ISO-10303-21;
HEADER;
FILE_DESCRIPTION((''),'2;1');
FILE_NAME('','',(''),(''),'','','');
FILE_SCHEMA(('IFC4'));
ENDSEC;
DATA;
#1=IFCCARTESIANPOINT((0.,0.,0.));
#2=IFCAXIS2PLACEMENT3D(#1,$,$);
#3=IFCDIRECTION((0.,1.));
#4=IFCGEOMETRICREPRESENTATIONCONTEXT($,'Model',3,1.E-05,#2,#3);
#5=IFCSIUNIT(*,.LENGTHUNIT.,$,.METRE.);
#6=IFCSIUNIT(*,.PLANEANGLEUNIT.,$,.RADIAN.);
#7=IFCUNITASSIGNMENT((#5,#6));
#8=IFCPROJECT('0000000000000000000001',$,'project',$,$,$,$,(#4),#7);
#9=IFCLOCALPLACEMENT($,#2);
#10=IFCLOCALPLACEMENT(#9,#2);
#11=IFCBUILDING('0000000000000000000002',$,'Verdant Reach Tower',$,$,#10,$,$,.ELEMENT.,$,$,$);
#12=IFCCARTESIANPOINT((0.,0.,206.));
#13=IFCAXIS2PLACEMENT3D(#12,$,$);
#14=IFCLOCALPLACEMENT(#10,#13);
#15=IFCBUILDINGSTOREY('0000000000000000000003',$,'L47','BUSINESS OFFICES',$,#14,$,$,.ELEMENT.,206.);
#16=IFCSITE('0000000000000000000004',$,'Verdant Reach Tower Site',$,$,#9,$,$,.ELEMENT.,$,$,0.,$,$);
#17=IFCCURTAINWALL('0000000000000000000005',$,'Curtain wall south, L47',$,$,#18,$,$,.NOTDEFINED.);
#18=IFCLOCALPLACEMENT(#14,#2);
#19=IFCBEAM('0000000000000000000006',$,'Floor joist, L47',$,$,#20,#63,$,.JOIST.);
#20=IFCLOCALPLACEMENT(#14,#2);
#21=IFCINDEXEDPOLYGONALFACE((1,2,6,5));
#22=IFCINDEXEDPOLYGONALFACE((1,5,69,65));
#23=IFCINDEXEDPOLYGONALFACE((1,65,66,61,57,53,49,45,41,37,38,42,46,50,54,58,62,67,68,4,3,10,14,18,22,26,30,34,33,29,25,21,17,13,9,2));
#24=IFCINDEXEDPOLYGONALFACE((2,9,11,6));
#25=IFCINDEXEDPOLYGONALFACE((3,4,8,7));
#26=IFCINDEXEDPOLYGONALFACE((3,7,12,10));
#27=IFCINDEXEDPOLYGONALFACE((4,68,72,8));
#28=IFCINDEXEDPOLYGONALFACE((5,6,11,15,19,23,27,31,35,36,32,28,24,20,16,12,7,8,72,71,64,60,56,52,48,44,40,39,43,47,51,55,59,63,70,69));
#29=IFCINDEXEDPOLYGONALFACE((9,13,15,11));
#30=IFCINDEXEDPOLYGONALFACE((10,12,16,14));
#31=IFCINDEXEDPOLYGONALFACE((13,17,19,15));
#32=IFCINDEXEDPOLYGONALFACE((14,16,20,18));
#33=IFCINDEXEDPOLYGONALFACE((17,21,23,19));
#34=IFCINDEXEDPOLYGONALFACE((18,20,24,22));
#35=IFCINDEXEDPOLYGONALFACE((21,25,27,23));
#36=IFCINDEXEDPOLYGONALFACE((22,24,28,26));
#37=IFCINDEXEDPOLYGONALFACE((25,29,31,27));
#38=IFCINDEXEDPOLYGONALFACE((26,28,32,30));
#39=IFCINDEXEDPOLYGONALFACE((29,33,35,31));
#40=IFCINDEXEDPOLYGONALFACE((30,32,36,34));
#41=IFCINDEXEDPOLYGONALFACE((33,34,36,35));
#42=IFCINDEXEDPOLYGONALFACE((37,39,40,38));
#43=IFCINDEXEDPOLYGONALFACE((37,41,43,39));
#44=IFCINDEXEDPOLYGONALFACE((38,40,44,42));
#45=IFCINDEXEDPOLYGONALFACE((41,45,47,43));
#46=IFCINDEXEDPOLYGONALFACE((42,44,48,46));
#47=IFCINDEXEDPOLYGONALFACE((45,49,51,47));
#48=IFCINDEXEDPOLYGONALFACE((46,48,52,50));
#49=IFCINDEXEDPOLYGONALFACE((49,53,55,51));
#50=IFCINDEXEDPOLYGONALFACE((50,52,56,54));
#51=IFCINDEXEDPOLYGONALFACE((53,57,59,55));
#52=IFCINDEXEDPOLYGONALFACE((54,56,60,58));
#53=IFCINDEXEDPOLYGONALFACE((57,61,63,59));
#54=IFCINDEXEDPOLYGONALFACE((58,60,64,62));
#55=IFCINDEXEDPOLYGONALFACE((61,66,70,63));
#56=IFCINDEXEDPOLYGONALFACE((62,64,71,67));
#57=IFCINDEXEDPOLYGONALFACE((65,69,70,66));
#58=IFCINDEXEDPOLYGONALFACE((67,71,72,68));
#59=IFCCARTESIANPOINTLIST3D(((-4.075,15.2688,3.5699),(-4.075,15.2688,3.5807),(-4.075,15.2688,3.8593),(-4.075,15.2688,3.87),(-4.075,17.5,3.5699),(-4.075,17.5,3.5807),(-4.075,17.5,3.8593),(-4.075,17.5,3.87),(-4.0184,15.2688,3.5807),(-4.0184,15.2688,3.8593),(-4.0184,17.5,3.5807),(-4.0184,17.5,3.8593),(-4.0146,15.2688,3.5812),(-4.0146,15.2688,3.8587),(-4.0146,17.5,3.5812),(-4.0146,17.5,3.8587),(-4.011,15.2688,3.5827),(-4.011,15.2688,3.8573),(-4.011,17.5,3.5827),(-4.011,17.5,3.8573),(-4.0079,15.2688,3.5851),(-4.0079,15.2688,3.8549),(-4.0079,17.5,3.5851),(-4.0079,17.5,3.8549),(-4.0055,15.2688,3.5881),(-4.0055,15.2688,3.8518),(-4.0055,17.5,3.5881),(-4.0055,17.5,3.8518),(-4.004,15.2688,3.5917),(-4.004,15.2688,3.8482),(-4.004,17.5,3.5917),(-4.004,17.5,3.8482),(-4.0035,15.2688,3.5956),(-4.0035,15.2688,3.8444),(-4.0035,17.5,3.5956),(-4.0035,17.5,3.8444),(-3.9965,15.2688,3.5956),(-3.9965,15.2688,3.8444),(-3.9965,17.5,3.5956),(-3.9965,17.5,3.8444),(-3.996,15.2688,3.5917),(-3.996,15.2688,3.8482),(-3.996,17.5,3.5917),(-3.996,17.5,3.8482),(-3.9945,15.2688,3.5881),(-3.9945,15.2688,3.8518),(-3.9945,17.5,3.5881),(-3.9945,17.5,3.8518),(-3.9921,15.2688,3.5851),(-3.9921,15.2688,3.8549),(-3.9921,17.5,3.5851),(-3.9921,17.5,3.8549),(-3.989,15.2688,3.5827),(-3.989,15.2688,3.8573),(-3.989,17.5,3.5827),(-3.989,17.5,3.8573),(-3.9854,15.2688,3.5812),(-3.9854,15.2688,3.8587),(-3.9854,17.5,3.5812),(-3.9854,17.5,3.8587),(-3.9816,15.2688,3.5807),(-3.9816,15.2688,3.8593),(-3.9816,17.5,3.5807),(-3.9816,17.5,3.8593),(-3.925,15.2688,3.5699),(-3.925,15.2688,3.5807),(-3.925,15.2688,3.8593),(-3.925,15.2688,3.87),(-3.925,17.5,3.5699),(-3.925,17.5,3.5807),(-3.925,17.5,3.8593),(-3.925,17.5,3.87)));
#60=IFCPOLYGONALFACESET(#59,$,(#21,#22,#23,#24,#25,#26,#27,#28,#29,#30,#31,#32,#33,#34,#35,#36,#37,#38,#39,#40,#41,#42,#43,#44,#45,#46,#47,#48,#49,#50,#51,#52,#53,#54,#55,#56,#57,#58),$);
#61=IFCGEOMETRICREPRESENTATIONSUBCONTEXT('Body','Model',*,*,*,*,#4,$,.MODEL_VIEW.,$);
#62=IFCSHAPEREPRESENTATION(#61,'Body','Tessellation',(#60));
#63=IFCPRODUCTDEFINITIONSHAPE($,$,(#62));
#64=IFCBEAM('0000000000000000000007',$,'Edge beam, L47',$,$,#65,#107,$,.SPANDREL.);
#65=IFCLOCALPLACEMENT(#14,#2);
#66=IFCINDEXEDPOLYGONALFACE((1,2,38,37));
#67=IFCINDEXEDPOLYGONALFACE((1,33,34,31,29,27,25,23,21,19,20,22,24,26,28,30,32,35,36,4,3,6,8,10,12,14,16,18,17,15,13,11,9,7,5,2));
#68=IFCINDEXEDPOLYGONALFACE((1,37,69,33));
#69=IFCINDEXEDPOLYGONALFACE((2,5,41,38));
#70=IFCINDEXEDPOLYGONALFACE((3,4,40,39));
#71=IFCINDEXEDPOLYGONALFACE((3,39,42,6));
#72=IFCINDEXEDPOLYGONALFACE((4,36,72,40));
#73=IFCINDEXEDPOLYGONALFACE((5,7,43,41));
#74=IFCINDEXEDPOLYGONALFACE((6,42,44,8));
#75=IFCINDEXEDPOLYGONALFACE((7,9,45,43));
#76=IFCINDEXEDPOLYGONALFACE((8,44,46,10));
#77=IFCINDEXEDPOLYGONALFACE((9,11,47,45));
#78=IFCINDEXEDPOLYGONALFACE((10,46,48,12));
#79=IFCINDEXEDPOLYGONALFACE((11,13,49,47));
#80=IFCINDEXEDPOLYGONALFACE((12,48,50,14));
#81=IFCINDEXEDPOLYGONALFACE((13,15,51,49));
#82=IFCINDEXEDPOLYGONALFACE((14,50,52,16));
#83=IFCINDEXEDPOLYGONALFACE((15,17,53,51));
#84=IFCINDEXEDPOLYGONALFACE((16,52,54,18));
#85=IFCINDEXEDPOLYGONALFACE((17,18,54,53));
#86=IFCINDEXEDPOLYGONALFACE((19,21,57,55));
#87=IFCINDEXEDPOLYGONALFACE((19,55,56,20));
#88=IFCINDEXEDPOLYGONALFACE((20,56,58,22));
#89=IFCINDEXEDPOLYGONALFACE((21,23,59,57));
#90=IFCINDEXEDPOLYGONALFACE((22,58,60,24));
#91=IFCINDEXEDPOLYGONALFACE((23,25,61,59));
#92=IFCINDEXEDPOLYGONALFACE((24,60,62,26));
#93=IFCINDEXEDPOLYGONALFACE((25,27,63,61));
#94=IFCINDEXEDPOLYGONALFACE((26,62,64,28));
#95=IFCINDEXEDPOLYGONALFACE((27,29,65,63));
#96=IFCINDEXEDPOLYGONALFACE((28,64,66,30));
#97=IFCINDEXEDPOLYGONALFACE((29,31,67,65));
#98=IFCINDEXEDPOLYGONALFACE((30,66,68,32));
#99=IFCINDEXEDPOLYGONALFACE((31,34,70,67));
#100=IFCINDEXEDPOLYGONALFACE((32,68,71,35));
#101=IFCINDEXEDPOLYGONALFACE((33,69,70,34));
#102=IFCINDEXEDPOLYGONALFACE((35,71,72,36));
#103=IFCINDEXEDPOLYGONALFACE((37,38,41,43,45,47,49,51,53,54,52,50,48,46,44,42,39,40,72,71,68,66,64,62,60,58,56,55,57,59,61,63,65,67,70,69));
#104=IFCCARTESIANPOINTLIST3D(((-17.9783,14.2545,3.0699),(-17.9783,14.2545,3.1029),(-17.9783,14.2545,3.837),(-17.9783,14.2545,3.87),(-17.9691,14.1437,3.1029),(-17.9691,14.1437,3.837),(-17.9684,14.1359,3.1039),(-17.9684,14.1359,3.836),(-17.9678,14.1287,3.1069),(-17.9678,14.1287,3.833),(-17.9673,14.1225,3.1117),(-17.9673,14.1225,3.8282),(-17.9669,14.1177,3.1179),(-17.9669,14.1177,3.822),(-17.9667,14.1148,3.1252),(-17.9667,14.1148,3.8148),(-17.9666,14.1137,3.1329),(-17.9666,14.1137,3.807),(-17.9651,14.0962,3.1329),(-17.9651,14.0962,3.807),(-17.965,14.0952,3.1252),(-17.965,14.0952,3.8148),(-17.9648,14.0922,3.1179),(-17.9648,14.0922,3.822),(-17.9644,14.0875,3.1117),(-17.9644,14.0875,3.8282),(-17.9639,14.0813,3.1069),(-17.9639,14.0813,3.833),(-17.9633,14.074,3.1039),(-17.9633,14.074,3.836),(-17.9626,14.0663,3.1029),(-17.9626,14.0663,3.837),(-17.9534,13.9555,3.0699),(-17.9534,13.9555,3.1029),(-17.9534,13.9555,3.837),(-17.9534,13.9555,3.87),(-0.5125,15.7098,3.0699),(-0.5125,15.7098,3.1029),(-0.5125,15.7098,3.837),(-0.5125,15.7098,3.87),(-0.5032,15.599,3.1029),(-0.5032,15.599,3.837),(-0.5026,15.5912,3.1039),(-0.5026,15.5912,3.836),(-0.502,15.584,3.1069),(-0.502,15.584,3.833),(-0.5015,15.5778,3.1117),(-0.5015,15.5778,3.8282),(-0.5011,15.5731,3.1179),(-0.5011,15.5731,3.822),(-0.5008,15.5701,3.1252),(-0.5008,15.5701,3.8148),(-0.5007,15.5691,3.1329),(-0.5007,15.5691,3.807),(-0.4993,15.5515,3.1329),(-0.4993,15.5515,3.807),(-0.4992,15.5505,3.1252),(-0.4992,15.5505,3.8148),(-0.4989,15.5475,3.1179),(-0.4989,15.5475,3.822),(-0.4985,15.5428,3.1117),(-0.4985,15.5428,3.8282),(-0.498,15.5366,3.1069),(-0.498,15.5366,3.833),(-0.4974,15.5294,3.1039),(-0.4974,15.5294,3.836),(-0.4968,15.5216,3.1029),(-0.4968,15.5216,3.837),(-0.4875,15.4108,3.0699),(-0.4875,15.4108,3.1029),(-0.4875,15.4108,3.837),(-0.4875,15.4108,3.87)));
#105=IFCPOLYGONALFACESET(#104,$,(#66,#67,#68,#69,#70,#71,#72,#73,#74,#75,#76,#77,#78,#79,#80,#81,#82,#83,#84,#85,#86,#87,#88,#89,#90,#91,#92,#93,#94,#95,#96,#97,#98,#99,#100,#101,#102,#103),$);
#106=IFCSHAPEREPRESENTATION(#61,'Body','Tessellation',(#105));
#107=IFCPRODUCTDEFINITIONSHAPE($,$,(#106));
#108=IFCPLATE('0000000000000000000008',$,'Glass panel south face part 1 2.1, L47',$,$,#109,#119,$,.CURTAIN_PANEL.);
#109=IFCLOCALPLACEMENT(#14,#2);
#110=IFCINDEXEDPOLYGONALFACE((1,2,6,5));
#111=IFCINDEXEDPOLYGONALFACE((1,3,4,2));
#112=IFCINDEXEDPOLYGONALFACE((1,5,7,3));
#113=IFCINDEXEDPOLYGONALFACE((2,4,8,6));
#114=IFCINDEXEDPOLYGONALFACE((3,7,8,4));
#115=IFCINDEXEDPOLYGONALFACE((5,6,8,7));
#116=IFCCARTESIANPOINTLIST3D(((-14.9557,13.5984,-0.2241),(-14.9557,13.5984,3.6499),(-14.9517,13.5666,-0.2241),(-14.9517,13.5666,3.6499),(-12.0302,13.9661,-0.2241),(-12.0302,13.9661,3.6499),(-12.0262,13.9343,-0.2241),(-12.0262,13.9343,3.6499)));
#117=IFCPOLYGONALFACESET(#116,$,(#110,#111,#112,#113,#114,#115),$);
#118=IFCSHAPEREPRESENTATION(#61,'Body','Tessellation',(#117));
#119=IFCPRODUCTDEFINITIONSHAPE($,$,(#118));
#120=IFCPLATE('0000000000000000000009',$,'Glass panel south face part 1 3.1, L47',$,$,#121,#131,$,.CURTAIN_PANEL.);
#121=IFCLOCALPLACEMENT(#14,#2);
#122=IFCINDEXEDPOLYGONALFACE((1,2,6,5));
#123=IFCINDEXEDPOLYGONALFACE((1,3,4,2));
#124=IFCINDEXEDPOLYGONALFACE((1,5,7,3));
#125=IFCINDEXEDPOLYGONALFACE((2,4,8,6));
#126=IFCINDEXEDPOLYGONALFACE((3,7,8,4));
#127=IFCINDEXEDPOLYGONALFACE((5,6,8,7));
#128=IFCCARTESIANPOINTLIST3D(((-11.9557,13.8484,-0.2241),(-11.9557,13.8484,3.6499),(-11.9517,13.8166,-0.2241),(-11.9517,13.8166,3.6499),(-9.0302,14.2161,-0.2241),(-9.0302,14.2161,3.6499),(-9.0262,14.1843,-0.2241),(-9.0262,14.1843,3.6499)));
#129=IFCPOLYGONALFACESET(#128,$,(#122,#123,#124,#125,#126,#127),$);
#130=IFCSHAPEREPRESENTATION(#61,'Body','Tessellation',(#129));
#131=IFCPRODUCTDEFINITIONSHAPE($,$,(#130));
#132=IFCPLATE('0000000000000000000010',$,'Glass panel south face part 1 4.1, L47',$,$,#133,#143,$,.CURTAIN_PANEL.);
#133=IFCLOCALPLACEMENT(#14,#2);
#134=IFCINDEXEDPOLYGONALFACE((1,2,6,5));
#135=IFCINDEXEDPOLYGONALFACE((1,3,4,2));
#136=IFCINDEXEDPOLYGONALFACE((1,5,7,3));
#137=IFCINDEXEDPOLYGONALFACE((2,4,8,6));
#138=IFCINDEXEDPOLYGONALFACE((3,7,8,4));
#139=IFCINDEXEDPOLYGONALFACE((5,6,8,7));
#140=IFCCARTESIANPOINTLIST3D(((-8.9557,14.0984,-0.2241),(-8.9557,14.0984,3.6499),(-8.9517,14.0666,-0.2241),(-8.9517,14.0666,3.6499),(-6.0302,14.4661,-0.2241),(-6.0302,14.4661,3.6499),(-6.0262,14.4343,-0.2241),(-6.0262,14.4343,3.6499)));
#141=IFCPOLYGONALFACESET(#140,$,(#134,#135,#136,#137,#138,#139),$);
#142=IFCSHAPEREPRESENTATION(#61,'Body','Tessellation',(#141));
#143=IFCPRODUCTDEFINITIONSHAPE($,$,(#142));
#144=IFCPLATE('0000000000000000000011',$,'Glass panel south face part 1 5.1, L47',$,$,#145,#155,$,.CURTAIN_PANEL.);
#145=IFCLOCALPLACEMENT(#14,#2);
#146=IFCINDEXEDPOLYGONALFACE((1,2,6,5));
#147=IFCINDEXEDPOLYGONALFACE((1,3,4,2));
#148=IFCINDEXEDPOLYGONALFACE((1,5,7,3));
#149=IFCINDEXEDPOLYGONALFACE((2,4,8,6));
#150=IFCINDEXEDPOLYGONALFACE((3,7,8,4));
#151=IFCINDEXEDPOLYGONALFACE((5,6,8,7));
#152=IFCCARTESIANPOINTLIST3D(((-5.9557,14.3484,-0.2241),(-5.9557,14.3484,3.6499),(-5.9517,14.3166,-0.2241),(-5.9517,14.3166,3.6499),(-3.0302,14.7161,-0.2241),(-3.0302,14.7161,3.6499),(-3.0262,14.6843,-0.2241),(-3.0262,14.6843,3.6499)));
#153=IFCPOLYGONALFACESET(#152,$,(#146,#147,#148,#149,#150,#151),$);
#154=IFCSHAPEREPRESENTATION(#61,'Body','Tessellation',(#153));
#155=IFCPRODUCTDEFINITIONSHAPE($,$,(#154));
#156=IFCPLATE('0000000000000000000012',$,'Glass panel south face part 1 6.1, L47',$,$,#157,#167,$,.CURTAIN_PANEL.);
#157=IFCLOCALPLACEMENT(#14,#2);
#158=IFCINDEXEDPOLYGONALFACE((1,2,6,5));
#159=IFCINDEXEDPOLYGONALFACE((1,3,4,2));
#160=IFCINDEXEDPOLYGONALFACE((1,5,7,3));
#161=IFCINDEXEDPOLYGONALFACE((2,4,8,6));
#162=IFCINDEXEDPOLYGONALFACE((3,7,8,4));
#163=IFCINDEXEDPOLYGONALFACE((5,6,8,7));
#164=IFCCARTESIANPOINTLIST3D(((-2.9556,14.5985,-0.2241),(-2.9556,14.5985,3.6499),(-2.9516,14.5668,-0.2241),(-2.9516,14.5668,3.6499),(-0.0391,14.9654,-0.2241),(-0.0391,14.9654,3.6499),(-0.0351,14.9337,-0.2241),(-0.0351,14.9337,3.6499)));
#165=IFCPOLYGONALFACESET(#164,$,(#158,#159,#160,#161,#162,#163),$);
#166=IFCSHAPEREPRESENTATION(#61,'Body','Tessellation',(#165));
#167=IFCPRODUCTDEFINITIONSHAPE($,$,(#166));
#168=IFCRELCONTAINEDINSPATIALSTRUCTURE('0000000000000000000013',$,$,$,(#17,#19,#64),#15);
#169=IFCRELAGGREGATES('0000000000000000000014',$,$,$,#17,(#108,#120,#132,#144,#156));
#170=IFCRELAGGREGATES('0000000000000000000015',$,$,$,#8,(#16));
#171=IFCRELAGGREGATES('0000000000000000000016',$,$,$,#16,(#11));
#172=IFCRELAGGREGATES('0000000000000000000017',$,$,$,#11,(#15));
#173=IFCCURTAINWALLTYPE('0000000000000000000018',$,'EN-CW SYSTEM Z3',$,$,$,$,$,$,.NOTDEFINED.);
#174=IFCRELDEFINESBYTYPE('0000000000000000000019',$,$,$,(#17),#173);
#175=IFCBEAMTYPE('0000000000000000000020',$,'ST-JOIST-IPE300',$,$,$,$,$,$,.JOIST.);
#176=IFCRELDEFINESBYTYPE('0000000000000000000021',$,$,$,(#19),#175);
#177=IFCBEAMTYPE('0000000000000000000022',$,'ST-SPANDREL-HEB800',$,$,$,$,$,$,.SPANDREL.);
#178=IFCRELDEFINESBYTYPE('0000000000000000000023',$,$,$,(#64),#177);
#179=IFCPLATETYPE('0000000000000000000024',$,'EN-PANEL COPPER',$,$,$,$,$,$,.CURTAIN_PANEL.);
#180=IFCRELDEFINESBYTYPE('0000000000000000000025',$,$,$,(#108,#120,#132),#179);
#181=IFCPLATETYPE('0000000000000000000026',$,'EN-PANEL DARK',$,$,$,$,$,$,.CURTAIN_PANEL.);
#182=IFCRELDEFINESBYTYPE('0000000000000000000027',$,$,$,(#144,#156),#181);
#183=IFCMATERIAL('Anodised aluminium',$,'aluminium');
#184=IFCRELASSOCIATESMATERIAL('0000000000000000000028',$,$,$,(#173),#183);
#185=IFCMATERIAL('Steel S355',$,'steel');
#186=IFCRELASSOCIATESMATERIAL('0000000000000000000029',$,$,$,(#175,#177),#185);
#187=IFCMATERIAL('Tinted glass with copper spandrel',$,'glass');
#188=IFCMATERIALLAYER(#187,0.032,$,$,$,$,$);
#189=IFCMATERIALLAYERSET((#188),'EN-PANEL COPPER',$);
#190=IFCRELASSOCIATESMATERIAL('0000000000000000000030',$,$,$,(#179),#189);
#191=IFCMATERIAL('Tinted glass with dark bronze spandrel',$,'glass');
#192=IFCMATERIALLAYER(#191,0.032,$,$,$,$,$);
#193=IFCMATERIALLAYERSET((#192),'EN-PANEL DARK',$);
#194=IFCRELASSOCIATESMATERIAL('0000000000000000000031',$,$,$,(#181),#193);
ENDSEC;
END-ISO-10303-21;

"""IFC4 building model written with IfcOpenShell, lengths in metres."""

from ifc_helpers import new_model, si_unit, direction, frame, origin, origin_2d, place, context, subcontext, project, spatial, rectangle, i_section, extrude, material, layer, layer_set, material_profile, profile_set, type_object, element, aggregate, save


model = new_model("IFC4")

# Units and contexts
model_context = context("Model", 3, precision=1e-05, world=origin(), true_north=direction((0.0, 1.0)))
body_context = subcontext(model_context, "Body", "Model", "MODEL_VIEW")
ifc_project = project(units=[si_unit("LENGTHUNIT", "METRE"), si_unit("PLANEANGLEUNIT", "RADIAN")], contexts=[model_context])

# Site, building, storey
site_placement = place(None, origin())
site = spatial("IfcSite", under=ifc_project, at=site_placement, Name="Verdant Reach Tower Site", CompositionType="ELEMENT", RefElevation=0.0)
building_placement = place(site_placement, origin())
building = spatial("IfcBuilding", under=site, at=building_placement, Name="Verdant Reach Tower", CompositionType="ELEMENT")
storey_placement = place(building_placement, frame((0.0, 0.0, 206.0)))
storey = spatial("IfcBuildingStorey", under=building, at=storey_placement, Name="L47", Description="BUSINESS OFFICES", CompositionType="ELEMENT", Elevation=206.0)

# Curtain wall
ifc_material_1 = material(Name="Anodised aluminium", Category="aluminium")
curtain_wall_type = type_object("IfcCurtainWallType", Name="EN-CW SYSTEM Z3", PredefinedType="NOTDEFINED", material=ifc_material_1)
curtain_wall_placement = place(storey_placement, origin())
curtain_wall = element("IfcCurtainWall", 1, at=curtain_wall_placement, inside=storey, type_object=curtain_wall_type, Name="Curtain wall south, L47", PredefinedType="NOTDEFINED")

# Beams
ifc_material_2 = material(Name="Steel S355", Category="steel")
ifc_material_profile_1 = material_profile(ifc_material_2, i_section(OverallWidth=0.1499, OverallDepth=0.3, WebThickness=0.0071, FlangeThickness=0.0107, FilletRadius=0.0149, at=origin_2d()), Name="IPE 300")
ifc_profile_set_1 = profile_set([ifc_material_profile_1], Name="Steel S355")
beam_type_1 = type_object("IfcBeamType", Name="ST-JOIST-IPE300", PredefinedType="JOIST", material=ifc_profile_set_1)
beam_1_placement = place(storey_placement, frame((-4.0, 17.5, 3.72), z_axis=(0.0, -1.0, 0.0), x_axis=(1.0, 0.0, 0.0)))
element("IfcBeam", 2, at=beam_1_placement, inside=storey, type_object=beam_type_1, Name="Floor joist, L47", PredefinedType="JOIST", context=body_context, shape_type="SweptSolid", body=[
    extrude(i_section(OverallWidth=0.1499, OverallDepth=0.3, WebThickness=0.0071, FlangeThickness=0.0107, FilletRadius=0.0149, at=origin_2d()), origin(), (0.0, 0.0, 1.0), 2.2312),
])
ifc_material_profile_2 = material_profile(ifc_material_2, i_section(OverallWidth=0.3, OverallDepth=0.8, WebThickness=0.0176, FlangeThickness=0.033, FilletRadius=0.03, at=origin_2d()), Name="HEB 800")
ifc_profile_set_2 = profile_set([ifc_material_profile_2], Name="Steel S355")
beam_type_2 = type_object("IfcBeamType", Name="ST-SPANDREL-HEB800", PredefinedType="SPANDREL", material=ifc_profile_set_2)
beam_2_placement = place(storey_placement, frame((-0.5, 15.5603, 3.47), z_axis=(-0.996547, -0.083036, 0.0), x_axis=(0.083036, -0.996547, 0.0)))
element("IfcBeam", 3, at=beam_2_placement, inside=storey, type_object=beam_type_2, Name="Edge beam, L47", PredefinedType="SPANDREL", context=body_context, shape_type="SweptSolid", body=[
    extrude(i_section(OverallWidth=0.3, OverallDepth=0.8, WebThickness=0.0176, FlangeThickness=0.033, FilletRadius=0.03, at=origin_2d()), origin(), (0.0, 0.0, 1.0), 17.5264),
])

# Plates
ifc_material_3 = material(Name="Tinted glass with copper spandrel", Category="glass")
ifc_layer_1 = layer(ifc_material_3, 0.032)
ifc_layer_set_1 = layer_set([ifc_layer_1], Name="EN-PANEL COPPER")
plate_type_1 = type_object("IfcPlateType", Name="EN-PANEL COPPER", PredefinedType="CURTAIN_PANEL", material=ifc_layer_set_1)
plate_1_placement = place(storey_placement, frame((-13.491, 13.7664, -0.2241), z_axis=(0.0, 0.0, 1.0), x_axis=(0.992194, 0.124704, 0.0)))
plate_1 = element("IfcPlate", 4, at=plate_1_placement, type_object=plate_type_1, Name="Glass panel south face part 1 2.1, L47", PredefinedType="CURTAIN_PANEL", context=body_context, shape_type="SweptSolid", body=[
    extrude(rectangle(XDim=2.9485, YDim=0.032, at=origin_2d()), origin(), (0.0, 0.0, 1.0), 3.874),
])
plate_2_placement = place(storey_placement, frame((-10.491, 14.0164, -0.2241), z_axis=(0.0, 0.0, 1.0), x_axis=(0.992194, 0.124704, 0.0)))
plate_2 = element("IfcPlate", 5, at=plate_2_placement, type_object=plate_type_1, Name="Glass panel south face part 1 3.1, L47", PredefinedType="CURTAIN_PANEL", context=body_context, shape_type="SweptSolid", body=[
    extrude(rectangle(XDim=2.9485, YDim=0.032, at=origin_2d()), origin(), (0.0, 0.0, 1.0), 3.874),
])
plate_3_placement = place(storey_placement, frame((-7.491, 14.2664, -0.2241), z_axis=(0.0, 0.0, 1.0), x_axis=(0.992194, 0.124704, 0.0)))
plate_3 = element("IfcPlate", 6, at=plate_3_placement, type_object=plate_type_1, Name="Glass panel south face part 1 4.1, L47", PredefinedType="CURTAIN_PANEL", context=body_context, shape_type="SweptSolid", body=[
    extrude(rectangle(XDim=2.9485, YDim=0.032, at=origin_2d()), origin(), (0.0, 0.0, 1.0), 3.874),
])
ifc_material_4 = material(Name="Tinted glass with dark bronze spandrel", Category="glass")
ifc_layer_2 = layer(ifc_material_4, 0.032)
ifc_layer_set_2 = layer_set([ifc_layer_2], Name="EN-PANEL DARK")
plate_type_2 = type_object("IfcPlateType", Name="EN-PANEL DARK", PredefinedType="CURTAIN_PANEL", material=ifc_layer_set_2)
plate_4_placement = place(storey_placement, frame((-4.491, 14.5164, -0.2241), z_axis=(0.0, 0.0, 1.0), x_axis=(0.992194, 0.124704, 0.0)))
plate_4 = element("IfcPlate", 7, at=plate_4_placement, type_object=plate_type_2, Name="Glass panel south face part 1 5.1, L47", PredefinedType="CURTAIN_PANEL", context=body_context, shape_type="SweptSolid", body=[
    extrude(rectangle(XDim=2.9485, YDim=0.032, at=origin_2d()), origin(), (0.0, 0.0, 1.0), 3.874),
])
plate_5_placement = place(storey_placement, frame((-1.4954, 14.7661, -0.2241), z_axis=(0.0, 0.0, 1.0), x_axis=(0.992178, 0.124828, 0.0)))
plate_5 = element("IfcPlate", 8, at=plate_5_placement, type_object=plate_type_2, Name="Glass panel south face part 1 6.1, L47", PredefinedType="CURTAIN_PANEL", context=body_context, shape_type="SweptSolid", body=[
    extrude(rectangle(XDim=2.9395, YDim=0.032, at=origin_2d()), origin(), (0.0, 0.0, 1.0), 3.874),
])
aggregate(curtain_wall, [plate_1, plate_2, plate_3, plate_4, plate_5])

save(model, "model.ifc")
